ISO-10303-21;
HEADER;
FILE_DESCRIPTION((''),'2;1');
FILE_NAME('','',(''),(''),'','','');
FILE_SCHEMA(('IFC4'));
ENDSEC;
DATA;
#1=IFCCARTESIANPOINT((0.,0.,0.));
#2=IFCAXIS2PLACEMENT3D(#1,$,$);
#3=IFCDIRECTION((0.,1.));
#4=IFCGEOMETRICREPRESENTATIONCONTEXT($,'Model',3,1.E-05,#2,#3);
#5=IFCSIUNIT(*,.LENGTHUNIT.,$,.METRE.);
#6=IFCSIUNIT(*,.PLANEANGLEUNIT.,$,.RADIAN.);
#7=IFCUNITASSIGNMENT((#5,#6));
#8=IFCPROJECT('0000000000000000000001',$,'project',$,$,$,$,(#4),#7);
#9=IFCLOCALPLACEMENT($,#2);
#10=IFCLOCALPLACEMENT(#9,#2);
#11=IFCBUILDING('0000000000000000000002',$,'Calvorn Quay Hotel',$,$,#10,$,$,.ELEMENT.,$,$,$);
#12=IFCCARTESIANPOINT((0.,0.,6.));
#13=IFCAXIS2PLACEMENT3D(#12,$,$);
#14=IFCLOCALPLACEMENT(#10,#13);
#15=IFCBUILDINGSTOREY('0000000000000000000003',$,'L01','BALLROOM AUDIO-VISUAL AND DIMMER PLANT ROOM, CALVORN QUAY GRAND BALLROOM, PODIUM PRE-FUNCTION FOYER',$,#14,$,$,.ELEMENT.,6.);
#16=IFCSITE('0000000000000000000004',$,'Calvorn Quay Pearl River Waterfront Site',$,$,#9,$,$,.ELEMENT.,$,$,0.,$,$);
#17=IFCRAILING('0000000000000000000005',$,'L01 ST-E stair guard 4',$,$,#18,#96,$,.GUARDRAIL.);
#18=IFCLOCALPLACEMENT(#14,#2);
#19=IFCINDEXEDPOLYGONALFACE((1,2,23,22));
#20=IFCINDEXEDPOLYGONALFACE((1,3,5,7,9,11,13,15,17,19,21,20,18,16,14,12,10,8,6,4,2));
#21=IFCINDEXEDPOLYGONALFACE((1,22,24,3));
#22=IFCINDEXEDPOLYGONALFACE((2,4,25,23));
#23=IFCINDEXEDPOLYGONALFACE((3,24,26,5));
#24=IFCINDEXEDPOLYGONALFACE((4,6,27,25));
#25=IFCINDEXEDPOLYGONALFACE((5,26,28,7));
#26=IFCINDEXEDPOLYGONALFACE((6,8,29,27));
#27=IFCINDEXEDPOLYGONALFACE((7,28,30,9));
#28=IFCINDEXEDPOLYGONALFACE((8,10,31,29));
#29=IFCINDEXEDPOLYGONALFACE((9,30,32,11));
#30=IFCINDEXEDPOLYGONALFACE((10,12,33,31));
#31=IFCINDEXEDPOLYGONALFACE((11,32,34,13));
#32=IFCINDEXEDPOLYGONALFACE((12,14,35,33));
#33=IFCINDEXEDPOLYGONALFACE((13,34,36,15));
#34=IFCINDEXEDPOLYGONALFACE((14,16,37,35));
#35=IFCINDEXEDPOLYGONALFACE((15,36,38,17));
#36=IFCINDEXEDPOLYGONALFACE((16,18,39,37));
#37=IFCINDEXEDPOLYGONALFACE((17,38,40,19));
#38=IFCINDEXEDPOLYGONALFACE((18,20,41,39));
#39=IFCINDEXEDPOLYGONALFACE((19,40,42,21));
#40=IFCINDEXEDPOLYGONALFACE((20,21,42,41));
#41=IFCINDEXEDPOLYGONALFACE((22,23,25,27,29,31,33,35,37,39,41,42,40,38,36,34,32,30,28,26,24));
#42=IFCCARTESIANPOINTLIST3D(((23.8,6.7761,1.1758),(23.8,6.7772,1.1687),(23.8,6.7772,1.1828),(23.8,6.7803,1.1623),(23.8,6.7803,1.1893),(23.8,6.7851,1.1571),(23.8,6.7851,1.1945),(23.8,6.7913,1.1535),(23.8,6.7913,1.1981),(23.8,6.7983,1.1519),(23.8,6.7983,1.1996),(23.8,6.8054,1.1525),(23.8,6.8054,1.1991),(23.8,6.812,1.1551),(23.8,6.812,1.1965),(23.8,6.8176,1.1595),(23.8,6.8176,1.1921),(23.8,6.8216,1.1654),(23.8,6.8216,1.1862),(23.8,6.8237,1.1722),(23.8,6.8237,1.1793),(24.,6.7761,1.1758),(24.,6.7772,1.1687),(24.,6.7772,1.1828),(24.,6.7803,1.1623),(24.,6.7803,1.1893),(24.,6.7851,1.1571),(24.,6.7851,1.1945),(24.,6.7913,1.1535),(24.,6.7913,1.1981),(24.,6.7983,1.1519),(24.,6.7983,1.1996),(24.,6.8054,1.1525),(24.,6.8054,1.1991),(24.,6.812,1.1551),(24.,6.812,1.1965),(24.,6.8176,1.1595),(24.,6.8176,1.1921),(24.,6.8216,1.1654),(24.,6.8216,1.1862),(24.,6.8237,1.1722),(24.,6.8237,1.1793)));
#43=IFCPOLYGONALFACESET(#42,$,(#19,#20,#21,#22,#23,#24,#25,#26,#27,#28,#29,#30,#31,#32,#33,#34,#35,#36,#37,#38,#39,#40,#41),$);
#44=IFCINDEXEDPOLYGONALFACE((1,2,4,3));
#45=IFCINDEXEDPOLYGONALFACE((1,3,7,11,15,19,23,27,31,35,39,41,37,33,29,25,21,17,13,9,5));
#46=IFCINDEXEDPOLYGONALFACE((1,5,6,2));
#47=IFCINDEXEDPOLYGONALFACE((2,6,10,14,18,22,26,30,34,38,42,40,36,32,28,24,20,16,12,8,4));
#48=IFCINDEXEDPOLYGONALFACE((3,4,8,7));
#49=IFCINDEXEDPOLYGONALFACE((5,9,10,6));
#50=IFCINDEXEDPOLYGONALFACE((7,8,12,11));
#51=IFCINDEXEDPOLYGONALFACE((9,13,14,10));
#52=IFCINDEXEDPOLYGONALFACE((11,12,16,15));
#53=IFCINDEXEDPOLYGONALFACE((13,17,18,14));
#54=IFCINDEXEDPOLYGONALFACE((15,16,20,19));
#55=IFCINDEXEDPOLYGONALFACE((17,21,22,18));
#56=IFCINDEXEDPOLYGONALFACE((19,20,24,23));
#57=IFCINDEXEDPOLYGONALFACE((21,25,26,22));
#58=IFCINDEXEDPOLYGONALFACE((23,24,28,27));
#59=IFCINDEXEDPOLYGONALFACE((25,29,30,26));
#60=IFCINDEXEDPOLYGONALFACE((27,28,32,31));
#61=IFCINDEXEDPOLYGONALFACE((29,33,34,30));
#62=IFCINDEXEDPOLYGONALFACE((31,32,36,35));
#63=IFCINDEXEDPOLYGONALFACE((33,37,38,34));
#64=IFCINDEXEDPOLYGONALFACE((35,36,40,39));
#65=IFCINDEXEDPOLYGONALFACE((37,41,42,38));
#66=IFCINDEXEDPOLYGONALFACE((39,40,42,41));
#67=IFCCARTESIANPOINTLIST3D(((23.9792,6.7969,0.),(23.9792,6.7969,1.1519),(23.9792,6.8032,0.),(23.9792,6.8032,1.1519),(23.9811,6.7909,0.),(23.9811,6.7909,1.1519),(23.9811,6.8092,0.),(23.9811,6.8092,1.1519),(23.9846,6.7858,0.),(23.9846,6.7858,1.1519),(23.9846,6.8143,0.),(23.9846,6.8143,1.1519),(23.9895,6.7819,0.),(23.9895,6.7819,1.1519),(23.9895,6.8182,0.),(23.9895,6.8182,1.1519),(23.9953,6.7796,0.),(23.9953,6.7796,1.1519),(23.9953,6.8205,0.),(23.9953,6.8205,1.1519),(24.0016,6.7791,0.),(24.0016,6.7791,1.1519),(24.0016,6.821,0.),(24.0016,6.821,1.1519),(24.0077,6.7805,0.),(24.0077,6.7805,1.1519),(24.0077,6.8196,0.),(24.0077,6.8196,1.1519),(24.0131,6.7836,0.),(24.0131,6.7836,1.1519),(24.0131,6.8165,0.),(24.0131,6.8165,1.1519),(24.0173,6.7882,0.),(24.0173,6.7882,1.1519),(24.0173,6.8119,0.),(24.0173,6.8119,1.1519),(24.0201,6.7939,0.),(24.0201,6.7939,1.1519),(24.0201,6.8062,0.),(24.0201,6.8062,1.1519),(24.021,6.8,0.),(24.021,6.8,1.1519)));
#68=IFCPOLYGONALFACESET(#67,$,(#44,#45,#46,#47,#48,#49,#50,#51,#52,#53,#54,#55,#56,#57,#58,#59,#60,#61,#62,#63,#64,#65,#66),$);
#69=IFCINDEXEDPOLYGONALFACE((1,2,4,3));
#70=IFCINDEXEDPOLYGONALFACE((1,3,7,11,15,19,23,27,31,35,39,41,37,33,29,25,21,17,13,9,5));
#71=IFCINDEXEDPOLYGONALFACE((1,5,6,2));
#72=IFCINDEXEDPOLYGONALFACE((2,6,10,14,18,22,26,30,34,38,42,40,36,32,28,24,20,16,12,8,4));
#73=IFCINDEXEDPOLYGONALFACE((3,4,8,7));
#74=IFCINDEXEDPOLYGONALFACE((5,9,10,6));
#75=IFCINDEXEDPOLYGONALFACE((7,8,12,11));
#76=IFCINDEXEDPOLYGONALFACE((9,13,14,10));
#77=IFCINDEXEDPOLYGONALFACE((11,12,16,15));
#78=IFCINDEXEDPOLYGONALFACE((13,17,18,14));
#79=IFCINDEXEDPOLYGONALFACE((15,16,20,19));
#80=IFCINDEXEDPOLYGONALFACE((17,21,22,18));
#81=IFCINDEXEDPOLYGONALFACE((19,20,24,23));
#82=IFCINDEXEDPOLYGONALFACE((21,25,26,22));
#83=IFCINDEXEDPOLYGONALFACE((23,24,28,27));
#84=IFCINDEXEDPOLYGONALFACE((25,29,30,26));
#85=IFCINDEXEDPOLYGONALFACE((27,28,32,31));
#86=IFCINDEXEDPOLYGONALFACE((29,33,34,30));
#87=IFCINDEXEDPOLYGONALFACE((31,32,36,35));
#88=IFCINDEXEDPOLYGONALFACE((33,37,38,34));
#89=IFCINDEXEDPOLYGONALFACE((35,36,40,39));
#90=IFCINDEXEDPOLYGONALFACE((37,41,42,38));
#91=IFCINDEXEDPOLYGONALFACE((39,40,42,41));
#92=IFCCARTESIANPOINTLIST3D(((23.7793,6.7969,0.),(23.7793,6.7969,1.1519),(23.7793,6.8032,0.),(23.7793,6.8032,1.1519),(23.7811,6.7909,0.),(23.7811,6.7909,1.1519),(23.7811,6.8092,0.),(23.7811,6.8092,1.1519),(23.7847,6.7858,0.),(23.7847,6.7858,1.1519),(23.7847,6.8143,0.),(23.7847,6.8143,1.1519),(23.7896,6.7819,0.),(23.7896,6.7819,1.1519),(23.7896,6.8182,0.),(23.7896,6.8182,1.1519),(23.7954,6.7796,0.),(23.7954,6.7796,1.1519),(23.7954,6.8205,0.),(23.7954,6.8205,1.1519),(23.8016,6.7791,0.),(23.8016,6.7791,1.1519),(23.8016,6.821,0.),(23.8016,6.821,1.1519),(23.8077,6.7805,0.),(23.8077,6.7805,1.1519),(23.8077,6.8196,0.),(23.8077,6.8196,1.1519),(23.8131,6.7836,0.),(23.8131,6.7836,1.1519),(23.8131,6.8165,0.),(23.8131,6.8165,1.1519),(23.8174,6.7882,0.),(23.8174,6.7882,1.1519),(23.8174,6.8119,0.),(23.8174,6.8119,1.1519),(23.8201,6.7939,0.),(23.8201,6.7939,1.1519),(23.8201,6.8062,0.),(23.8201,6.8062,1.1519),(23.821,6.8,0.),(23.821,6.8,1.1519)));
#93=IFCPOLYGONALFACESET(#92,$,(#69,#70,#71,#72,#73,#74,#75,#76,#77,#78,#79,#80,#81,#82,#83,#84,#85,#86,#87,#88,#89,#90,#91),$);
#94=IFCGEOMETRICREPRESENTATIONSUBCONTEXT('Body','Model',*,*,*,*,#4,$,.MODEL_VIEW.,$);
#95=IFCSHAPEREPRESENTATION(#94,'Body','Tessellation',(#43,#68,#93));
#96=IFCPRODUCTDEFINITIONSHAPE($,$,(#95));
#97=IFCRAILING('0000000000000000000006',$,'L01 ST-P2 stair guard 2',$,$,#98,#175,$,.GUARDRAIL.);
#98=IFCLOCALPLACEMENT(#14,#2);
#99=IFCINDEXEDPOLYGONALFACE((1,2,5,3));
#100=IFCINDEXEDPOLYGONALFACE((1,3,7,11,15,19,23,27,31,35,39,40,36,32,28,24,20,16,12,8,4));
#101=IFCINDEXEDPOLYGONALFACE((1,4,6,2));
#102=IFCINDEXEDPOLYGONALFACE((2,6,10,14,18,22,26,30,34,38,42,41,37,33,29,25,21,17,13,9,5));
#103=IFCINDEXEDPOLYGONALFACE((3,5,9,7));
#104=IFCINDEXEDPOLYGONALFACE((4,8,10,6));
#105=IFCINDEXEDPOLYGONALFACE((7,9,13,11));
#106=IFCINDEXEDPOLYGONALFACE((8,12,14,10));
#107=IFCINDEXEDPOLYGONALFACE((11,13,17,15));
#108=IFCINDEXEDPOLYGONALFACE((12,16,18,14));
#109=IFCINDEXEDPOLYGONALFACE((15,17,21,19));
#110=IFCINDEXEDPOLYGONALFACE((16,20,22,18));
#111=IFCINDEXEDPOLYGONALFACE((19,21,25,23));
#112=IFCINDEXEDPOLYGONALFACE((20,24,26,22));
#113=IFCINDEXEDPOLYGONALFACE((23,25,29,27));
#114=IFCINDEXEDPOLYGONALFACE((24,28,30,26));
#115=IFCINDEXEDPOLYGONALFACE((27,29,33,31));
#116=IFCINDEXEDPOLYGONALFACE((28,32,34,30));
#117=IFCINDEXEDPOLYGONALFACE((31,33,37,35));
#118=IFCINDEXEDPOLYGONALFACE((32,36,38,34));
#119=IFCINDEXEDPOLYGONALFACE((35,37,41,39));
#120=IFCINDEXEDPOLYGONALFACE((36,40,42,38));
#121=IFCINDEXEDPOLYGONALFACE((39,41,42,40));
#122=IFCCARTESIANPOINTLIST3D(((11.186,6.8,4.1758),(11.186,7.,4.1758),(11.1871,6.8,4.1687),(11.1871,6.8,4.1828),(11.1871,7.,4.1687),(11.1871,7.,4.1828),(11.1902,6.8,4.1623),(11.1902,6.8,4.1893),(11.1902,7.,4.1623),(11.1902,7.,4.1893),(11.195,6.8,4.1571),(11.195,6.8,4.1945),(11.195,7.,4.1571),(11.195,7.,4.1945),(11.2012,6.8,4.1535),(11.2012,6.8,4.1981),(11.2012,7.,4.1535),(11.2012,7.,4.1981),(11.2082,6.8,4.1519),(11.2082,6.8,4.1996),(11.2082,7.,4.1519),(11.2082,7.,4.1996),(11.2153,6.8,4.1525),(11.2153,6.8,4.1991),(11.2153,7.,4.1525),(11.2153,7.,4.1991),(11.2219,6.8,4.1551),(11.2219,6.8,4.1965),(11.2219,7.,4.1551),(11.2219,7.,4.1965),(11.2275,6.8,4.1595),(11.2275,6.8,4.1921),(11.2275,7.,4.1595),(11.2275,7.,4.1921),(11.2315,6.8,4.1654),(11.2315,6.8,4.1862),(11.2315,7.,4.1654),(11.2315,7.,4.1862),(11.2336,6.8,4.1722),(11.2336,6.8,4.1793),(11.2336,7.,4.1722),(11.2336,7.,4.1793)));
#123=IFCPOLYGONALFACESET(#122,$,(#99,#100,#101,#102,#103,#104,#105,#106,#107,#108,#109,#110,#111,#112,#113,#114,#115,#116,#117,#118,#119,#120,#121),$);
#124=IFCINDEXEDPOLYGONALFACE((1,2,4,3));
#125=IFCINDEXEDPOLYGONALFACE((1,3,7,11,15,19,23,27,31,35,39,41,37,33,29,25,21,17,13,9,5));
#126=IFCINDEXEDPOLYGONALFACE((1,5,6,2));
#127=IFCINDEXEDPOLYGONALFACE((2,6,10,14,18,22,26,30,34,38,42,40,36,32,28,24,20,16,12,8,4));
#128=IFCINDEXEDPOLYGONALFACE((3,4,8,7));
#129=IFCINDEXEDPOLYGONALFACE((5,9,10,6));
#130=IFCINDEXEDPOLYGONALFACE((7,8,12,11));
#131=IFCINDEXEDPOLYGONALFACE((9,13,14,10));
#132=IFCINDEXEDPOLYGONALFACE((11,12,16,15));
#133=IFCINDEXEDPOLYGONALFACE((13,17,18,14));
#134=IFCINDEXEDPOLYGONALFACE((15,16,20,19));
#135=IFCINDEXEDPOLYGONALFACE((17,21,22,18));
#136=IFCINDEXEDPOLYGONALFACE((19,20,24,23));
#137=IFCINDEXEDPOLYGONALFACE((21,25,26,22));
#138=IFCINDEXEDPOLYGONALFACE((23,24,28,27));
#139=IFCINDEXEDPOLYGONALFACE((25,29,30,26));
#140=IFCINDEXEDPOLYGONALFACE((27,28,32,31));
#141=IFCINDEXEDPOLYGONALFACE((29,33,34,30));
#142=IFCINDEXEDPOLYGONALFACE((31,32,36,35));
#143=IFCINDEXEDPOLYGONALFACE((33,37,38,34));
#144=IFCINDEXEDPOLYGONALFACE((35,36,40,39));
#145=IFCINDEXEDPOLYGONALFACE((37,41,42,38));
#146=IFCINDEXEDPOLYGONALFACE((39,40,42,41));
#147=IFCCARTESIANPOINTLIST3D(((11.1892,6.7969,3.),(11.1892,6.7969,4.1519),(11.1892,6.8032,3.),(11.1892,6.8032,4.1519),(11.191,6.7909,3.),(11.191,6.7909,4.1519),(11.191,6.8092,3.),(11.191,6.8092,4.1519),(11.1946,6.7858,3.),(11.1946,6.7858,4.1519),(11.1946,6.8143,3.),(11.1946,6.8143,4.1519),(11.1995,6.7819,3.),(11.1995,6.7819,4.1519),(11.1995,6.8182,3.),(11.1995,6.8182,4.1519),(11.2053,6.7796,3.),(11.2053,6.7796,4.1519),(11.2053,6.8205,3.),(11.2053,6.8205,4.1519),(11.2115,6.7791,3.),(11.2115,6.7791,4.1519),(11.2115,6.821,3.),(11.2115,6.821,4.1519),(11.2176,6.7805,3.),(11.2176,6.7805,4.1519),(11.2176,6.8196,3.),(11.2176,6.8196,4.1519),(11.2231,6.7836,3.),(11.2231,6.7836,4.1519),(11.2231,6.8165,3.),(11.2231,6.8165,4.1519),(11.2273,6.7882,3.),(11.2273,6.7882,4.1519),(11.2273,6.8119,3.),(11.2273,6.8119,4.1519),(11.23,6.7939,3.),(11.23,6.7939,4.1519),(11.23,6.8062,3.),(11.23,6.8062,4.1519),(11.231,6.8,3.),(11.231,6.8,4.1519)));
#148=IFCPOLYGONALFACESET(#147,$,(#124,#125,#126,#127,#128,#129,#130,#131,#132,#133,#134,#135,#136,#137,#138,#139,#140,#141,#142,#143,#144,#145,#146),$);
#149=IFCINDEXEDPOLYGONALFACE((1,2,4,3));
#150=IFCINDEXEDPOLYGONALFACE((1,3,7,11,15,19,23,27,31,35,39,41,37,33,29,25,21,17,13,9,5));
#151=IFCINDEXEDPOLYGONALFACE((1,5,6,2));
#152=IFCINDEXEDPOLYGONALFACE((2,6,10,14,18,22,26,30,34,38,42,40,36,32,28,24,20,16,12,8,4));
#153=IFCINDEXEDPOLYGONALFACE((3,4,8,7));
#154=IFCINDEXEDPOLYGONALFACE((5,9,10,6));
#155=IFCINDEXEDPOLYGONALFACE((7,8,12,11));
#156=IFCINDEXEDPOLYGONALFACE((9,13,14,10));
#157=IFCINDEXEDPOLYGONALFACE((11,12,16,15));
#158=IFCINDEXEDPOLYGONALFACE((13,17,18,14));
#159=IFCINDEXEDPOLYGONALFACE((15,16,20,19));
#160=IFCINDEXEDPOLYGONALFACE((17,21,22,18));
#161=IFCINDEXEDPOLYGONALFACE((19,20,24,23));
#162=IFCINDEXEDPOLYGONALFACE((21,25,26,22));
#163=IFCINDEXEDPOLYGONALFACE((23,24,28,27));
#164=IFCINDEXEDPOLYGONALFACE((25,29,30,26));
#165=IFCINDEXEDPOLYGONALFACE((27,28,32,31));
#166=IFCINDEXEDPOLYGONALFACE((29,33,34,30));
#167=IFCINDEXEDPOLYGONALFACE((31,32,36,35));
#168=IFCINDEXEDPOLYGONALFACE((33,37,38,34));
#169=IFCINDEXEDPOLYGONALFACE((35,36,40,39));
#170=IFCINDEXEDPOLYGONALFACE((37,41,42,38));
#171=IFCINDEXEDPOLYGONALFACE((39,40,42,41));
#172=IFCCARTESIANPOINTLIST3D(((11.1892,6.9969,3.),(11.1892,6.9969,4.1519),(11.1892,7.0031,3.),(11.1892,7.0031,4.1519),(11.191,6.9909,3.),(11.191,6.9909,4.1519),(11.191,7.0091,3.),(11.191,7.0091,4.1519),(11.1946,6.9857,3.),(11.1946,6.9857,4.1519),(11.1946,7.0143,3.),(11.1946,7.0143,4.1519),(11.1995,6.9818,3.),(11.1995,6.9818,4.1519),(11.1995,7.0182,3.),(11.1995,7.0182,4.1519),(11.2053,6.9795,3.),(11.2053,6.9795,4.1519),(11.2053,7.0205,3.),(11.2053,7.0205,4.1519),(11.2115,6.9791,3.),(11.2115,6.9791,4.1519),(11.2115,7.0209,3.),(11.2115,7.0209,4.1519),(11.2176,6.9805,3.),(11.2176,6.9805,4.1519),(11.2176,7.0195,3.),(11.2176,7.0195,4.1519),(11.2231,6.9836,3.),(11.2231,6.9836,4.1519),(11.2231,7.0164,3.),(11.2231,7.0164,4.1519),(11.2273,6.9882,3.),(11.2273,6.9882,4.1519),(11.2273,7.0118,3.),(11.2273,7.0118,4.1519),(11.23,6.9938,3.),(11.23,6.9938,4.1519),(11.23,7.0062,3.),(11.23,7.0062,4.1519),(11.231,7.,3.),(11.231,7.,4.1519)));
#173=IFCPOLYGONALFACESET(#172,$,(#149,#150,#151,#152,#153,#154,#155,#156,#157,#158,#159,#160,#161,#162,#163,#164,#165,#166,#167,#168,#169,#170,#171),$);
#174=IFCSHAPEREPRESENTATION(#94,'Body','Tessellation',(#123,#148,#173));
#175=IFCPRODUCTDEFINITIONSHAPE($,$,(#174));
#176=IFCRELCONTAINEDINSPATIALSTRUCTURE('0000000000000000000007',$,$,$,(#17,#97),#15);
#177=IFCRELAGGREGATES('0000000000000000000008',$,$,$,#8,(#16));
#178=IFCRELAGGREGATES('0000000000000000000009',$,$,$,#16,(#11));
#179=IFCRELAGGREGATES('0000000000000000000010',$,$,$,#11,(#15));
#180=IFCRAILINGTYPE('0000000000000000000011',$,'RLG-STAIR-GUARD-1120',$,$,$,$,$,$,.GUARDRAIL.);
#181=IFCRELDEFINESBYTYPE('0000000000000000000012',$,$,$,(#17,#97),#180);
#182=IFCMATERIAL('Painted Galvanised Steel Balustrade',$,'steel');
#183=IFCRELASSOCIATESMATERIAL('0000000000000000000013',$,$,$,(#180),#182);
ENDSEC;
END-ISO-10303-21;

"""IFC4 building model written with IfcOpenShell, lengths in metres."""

from ifc_helpers import new_model, si_unit, direction, frame, origin, origin_2d, place, context, subcontext, project, spatial, circle, extrude, material, type_object, element, save


model = new_model("IFC4")

# Units and contexts
model_context = context("Model", 3, precision=1e-05, world=origin(), true_north=direction((0.0, 1.0)))
body_context = subcontext(model_context, "Body", "Model", "MODEL_VIEW")
ifc_project = project(units=[si_unit("LENGTHUNIT", "METRE"), si_unit("PLANEANGLEUNIT", "RADIAN")], contexts=[model_context])

# Site, building, storey
site_placement = place(None, origin())
site = spatial("IfcSite", under=ifc_project, at=site_placement, Name="Calvorn Quay Pearl River Waterfront Site", CompositionType="ELEMENT", RefElevation=0.0)
building_placement = place(site_placement, origin())
building = spatial("IfcBuilding", under=site, at=building_placement, Name="Calvorn Quay Hotel", CompositionType="ELEMENT")
storey_placement = place(building_placement, frame((0.0, 0.0, 6.0)))
storey = spatial("IfcBuildingStorey", under=building, at=storey_placement, Name="L01", Description="BALLROOM AUDIO-VISUAL AND DIMMER PLANT ROOM, CALVORN QUAY GRAND BALLROOM, PODIUM PRE-FUNCTION FOYER", CompositionType="ELEMENT", Elevation=6.0)

# Railings
ifc_material_1 = material(Name="Painted Galvanised Steel Balustrade", Category="steel")
railing_type_1 = type_object("IfcRailingType", Name="RLG-STAIR-GUARD-1120", PredefinedType="GUARDRAIL", material=ifc_material_1)
railing_1_placement = place(storey_placement, frame((24.0, 6.8, 0.0)))
element("IfcRailing", 1, at=railing_1_placement, inside=storey, type_object=railing_type_1, Name="L01 ST-E stair guard 4", PredefinedType="GUARDRAIL", context=body_context, shape_type="SweptSolid", body=[
    extrude(circle(Radius=0.0239, at=origin_2d()), frame((0.0, 0.0, 1.1758), z_axis=(-1.0, 0.0, 0.0), x_axis=(0.0, -1.0, 0.0)), (0.0, 0.0, 1.0), 0.2),
    extrude(circle(Radius=0.021, at=origin_2d()), origin(), (0.0, 0.0, 1.0), 1.1519),
    extrude(circle(Radius=0.021, at=origin_2d()), frame((-0.2, 0.0, 0.0)), (0.0, 0.0, 1.0), 1.1519),
])
railing_2_placement = place(storey_placement, frame((11.21, 6.8, 3.0)))
element("IfcRailing", 2, at=railing_2_placement, inside=storey, type_object=railing_type_1, Name="L01 ST-P2 stair guard 2", PredefinedType="GUARDRAIL", context=body_context, shape_type="SweptSolid", body=[
    extrude(circle(Radius=0.0239, at=origin_2d()), frame((0.0, 0.0, 1.1758), z_axis=(0.0, 1.0, 0.0), x_axis=(-1.0, 0.0, 0.0)), (0.0, 0.0, 1.0), 0.2),
    extrude(circle(Radius=0.021, at=origin_2d()), origin(), (0.0, 0.0, 1.0), 1.1519),
    extrude(circle(Radius=0.021, at=origin_2d()), frame((0.0, 0.2, 0.0)), (0.0, 0.0, 1.0), 1.1519),
])

save(model, "model.ifc")
